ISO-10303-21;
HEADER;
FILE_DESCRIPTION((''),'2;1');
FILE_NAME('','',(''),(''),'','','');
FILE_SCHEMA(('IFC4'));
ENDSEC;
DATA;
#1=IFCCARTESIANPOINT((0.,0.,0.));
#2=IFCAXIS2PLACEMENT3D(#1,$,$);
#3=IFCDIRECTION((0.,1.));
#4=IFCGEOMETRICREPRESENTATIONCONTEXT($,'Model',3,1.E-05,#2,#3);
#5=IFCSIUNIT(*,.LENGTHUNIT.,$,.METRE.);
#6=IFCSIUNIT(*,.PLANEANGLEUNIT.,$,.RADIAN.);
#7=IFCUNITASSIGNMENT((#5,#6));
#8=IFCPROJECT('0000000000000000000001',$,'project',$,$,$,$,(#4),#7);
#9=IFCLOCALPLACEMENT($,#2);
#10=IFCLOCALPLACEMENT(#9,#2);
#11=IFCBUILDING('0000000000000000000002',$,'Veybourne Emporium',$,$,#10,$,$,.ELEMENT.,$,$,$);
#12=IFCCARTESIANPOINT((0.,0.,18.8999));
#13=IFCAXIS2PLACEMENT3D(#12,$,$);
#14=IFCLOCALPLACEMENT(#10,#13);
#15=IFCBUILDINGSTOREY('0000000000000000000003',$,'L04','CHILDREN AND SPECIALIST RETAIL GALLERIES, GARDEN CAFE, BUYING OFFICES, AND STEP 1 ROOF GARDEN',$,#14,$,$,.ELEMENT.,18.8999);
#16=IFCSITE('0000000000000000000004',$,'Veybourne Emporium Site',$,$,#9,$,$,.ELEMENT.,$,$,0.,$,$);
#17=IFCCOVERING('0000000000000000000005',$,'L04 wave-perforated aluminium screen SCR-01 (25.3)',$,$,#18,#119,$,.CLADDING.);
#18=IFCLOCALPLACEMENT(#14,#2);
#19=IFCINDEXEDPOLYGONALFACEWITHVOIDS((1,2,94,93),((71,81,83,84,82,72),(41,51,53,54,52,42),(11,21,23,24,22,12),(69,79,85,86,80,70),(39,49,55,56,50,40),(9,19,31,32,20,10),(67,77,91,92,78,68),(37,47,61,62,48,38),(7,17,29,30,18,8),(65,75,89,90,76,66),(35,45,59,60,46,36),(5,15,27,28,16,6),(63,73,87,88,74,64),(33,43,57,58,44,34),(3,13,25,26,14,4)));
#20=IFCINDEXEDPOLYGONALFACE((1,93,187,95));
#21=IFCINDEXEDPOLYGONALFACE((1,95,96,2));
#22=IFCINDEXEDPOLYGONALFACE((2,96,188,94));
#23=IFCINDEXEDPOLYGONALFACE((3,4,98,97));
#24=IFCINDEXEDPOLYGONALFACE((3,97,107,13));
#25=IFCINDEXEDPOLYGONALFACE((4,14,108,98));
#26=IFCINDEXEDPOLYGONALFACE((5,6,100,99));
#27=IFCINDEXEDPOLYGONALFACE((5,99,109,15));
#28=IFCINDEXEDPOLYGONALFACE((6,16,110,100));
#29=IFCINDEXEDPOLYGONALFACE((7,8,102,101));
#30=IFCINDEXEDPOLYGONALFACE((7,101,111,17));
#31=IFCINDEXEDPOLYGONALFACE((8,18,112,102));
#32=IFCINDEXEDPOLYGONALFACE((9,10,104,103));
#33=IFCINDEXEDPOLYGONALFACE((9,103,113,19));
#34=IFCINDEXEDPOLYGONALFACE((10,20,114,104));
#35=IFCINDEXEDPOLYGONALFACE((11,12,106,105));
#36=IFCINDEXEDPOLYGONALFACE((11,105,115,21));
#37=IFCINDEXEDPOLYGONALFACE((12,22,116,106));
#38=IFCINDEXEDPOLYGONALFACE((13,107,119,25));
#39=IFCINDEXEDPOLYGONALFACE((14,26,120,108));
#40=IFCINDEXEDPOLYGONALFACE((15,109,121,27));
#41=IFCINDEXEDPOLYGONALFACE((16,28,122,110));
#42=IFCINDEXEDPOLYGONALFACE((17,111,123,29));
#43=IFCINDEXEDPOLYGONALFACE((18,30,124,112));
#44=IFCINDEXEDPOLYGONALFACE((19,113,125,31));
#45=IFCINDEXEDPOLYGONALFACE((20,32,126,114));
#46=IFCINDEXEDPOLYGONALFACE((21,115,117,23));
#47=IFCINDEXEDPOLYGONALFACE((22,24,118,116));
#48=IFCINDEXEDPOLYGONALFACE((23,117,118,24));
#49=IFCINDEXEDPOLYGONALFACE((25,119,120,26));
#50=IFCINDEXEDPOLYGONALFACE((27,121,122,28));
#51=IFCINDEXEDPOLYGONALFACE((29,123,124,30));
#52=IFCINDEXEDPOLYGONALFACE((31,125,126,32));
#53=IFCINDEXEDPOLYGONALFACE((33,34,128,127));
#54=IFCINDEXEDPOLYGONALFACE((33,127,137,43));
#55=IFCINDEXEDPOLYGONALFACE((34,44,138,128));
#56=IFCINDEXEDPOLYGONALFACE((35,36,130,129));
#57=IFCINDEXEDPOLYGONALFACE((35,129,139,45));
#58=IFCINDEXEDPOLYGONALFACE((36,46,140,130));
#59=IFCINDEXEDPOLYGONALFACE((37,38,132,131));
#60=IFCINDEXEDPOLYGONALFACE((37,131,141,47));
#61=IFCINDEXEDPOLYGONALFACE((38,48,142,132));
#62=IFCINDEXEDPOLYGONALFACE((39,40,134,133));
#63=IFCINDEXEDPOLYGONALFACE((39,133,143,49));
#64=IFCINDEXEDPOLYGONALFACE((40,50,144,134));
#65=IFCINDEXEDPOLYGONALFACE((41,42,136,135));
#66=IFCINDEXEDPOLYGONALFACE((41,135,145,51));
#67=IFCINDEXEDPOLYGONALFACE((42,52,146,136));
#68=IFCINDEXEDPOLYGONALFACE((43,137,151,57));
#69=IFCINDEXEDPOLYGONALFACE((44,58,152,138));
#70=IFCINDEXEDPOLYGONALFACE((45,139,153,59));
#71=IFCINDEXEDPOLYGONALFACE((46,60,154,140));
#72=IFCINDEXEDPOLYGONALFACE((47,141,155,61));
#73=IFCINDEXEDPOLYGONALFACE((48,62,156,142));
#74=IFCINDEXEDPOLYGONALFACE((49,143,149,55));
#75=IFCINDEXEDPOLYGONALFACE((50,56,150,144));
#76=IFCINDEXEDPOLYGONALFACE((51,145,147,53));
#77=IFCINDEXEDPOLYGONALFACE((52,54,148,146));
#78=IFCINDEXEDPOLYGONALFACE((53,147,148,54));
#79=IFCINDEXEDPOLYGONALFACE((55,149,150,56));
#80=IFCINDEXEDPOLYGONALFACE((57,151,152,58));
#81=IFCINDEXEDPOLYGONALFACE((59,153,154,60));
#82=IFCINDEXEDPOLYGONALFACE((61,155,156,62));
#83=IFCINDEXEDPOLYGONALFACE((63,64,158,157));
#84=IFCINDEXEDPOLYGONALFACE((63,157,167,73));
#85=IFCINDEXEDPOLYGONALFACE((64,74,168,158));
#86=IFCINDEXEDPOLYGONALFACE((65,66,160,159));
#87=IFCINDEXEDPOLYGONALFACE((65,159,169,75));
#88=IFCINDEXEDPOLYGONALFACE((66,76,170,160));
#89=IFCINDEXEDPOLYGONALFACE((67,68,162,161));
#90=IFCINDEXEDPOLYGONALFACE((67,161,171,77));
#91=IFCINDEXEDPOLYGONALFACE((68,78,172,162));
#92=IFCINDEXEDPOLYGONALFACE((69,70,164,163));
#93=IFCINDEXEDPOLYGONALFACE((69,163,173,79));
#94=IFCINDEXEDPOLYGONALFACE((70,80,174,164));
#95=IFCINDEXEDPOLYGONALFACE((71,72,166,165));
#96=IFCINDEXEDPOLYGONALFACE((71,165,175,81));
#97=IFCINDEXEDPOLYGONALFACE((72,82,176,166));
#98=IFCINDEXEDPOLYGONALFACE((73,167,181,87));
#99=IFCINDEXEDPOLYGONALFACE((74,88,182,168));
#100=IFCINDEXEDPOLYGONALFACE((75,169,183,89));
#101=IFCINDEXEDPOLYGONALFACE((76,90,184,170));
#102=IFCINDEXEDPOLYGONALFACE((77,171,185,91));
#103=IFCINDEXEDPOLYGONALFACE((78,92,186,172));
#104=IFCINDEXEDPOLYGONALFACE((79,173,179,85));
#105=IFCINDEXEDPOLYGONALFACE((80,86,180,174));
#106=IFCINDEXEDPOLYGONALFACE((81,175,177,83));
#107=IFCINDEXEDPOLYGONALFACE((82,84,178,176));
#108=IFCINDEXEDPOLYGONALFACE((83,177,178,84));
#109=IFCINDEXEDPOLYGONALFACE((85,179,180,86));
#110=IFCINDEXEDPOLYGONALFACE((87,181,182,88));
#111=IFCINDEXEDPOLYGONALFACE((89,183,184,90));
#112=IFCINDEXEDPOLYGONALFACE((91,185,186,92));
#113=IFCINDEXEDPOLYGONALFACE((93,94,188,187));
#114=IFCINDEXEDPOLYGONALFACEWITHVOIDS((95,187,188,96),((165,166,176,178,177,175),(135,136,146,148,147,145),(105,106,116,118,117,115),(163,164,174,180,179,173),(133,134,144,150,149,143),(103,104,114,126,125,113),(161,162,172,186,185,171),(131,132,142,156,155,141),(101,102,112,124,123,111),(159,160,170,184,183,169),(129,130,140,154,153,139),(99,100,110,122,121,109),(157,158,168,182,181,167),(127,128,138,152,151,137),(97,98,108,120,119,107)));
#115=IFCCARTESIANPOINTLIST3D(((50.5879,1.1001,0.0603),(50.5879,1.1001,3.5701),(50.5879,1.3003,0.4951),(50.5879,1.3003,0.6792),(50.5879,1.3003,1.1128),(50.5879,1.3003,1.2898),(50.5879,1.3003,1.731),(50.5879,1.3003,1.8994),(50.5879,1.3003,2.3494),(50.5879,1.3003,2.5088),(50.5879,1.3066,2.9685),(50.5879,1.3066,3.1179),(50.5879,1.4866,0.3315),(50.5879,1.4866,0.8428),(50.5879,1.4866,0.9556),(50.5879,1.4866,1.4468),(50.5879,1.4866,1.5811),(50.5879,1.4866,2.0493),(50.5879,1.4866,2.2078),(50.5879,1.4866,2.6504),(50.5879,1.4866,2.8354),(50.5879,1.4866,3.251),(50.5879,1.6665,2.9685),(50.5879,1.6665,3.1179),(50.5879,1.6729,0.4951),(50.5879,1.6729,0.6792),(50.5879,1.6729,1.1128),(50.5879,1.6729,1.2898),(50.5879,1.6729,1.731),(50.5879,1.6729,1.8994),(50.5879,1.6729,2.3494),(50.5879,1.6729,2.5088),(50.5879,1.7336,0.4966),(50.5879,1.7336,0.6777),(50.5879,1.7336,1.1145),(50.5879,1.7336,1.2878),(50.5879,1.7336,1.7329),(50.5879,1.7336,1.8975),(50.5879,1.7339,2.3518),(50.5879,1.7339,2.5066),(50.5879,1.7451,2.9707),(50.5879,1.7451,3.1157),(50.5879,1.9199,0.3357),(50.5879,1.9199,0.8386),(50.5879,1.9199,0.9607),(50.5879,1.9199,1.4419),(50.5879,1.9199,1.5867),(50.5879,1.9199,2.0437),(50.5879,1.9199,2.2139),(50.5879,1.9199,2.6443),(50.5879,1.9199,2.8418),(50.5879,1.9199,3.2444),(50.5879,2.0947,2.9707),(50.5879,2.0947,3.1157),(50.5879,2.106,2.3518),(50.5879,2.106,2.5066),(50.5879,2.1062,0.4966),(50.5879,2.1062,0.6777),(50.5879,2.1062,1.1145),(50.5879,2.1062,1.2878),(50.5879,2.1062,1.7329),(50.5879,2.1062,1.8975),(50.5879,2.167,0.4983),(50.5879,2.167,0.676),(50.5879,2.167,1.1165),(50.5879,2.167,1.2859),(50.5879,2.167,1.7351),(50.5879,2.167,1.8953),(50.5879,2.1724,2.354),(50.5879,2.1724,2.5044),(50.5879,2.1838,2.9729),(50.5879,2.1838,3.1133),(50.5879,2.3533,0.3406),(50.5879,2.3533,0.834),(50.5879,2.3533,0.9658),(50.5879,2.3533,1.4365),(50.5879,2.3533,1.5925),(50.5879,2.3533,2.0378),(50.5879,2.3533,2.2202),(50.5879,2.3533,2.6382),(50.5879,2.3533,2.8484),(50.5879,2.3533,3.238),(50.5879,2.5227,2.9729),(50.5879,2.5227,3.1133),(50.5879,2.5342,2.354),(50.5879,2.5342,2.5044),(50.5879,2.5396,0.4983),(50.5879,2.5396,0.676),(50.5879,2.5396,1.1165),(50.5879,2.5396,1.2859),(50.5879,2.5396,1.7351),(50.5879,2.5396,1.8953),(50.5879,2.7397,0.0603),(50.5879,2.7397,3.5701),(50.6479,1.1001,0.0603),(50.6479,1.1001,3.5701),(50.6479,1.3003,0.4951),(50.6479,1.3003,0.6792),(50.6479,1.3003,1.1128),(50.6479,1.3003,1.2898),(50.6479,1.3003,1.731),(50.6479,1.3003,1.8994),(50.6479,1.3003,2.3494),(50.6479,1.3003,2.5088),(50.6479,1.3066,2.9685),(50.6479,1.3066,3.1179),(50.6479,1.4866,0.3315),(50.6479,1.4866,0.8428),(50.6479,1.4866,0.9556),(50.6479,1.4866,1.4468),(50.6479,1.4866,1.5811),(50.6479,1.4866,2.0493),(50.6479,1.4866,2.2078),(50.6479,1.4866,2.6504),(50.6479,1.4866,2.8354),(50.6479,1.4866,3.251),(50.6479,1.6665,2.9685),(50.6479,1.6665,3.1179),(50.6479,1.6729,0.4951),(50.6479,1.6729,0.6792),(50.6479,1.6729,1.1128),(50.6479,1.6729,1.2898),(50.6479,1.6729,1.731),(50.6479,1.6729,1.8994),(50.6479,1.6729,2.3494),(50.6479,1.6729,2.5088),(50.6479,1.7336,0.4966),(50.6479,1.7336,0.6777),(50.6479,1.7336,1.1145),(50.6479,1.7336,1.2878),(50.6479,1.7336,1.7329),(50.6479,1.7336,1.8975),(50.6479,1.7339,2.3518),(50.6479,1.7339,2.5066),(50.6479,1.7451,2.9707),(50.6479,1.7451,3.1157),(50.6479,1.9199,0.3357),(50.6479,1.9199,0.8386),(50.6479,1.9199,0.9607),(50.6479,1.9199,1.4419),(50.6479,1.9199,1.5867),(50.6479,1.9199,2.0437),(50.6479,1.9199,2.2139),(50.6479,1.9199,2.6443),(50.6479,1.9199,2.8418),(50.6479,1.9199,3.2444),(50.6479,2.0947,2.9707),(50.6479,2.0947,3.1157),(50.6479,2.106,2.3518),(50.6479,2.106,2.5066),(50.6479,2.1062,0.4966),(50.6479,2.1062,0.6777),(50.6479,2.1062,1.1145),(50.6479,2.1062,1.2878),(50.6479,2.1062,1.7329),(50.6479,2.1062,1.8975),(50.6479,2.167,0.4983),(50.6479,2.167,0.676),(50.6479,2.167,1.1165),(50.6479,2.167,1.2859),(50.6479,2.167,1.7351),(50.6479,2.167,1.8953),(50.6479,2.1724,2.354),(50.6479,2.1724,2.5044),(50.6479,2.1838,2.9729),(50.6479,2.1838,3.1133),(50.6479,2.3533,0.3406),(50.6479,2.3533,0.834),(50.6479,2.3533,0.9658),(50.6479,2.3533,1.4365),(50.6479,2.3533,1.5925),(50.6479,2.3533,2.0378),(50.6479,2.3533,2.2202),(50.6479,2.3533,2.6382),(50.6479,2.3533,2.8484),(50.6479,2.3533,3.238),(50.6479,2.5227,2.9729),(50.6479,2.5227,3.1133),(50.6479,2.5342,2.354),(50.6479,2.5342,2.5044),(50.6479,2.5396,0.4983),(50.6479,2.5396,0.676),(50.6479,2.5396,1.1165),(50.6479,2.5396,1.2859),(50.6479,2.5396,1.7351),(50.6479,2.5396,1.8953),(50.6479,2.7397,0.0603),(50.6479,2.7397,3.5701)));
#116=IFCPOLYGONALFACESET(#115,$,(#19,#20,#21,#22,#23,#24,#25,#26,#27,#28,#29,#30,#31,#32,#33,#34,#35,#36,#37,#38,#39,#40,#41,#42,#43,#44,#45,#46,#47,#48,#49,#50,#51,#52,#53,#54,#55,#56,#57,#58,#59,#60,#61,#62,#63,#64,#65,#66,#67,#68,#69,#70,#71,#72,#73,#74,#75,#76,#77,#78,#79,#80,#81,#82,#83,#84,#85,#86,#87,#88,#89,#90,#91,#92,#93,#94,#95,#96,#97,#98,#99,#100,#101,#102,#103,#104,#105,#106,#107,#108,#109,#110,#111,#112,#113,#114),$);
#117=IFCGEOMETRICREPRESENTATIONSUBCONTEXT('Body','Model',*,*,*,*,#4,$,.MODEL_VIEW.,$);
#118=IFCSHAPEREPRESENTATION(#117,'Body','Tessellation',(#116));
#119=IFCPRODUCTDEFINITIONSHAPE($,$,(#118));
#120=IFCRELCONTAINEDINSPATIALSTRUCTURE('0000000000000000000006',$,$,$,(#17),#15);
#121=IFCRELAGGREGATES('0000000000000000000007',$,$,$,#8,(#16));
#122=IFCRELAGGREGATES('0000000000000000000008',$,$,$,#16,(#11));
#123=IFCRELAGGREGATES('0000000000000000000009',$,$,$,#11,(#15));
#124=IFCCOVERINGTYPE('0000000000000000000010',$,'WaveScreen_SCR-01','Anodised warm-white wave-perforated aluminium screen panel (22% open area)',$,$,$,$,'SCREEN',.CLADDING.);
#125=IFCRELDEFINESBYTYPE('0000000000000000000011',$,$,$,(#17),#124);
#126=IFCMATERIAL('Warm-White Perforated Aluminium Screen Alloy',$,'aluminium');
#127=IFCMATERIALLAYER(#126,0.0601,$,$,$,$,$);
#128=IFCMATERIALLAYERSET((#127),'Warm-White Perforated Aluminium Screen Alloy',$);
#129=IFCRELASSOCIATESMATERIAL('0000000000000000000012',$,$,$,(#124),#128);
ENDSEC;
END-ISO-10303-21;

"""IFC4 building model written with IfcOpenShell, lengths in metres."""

from ifc_helpers import new_model, si_unit, direction, frame, origin, place, context, subcontext, project, spatial, polyline, outline, extrude, material, layer, layer_set, type_object, element, save


model = new_model("IFC4")

# Units and contexts
model_context = context("Model", 3, precision=1e-05, world=origin(), true_north=direction((0.0, 1.0)))
body_context = subcontext(model_context, "Body", "Model", "MODEL_VIEW")
ifc_project = project(units=[si_unit("LENGTHUNIT", "METRE"), si_unit("PLANEANGLEUNIT", "RADIAN")], contexts=[model_context])

# Site, building, storey
site_placement = place(None, origin())
site = spatial("IfcSite", under=ifc_project, at=site_placement, Name="Veybourne Emporium Site", CompositionType="ELEMENT", RefElevation=0.0)
building_placement = place(site_placement, origin())
building = spatial("IfcBuilding", under=site, at=building_placement, Name="Veybourne Emporium", CompositionType="ELEMENT")
storey_placement = place(building_placement, frame((0.0, 0.0, 18.8999)))
storey = spatial("IfcBuildingStorey", under=building, at=storey_placement, Name="L04", Description="CHILDREN AND SPECIALIST RETAIL GALLERIES, GARDEN CAFE, BUYING OFFICES, AND STEP 1 ROOF GARDEN", CompositionType="ELEMENT", Elevation=18.8999)

# Covering
ifc_material_1 = material(Name="Warm-White Perforated Aluminium Screen Alloy", Category="aluminium")
ifc_layer_1 = layer(ifc_material_1, 0.0601)
ifc_layer_set_1 = layer_set([ifc_layer_1], Name="Warm-White Perforated Aluminium Screen Alloy")
covering_type_1 = type_object("IfcCoveringType", Name="WaveScreen_SCR-01", Description="Anodised warm-white wave-perforated aluminium screen panel (22% open area)", ElementType="SCREEN", PredefinedType="CLADDING", material=ifc_layer_set_1)
covering_1_placement = place(storey_placement, frame((50.6479, 1.9199, 1.8152), z_axis=(-1.0, 0.0, 0.0), x_axis=(0.0, -1.0, 0.0)))
element("IfcCovering", 1, at=covering_1_placement, inside=storey, type_object=covering_type_1, Name="L04 wave-perforated aluminium screen SCR-01 (25.3)", PredefinedType="CLADDING", context=body_context, shape_type="SweptSolid", body=[
    extrude(outline(polyline([(-0.8198, -1.7549), (0.8198, -1.7549), (0.8198, 1.7549), (-0.8198, 1.7549), (-0.8198, -1.7549)]), holes=[polyline([(-0.4333, -0.9812), (-0.2471, -1.1392), (-0.2471, -1.3169), (-0.4333, -1.4746), (-0.6196, -1.3169), (-0.6196, -1.1392), (-0.4333, -0.9812)]), polyline([(-0.4333, -0.3787), (-0.2471, -0.5293), (-0.2471, -0.6987), (-0.4333, -0.8494), (-0.6196, -0.6987), (-0.6196, -0.5293), (-0.4333, -0.3787)]), polyline([(-0.4333, 0.2227), (-0.2471, 0.0801), (-0.2471, -0.0801), (-0.4333, -0.2227), (-0.6196, -0.0801), (-0.6196, 0.0801), (-0.4333, 0.2227)]), polyline([(-0.4333, 0.823), (-0.2524, 0.6892), (-0.2524, 0.5388), (-0.4333, 0.405), (-0.6143, 0.5388), (-0.6143, 0.6892), (-0.4333, 0.823)]), polyline([(-0.4333, 1.4229), (-0.2639, 1.2981), (-0.2639, 1.1577), (-0.4333, 1.0332), (-0.6028, 1.1577), (-0.6028, 1.2981), (-0.4333, 1.4229)]), polyline([(0.0, -0.9766), (0.1863, -1.1375), (0.1863, -1.3186), (0.0, -1.4795), (-0.1863, -1.3186), (-0.1863, -1.1375), (0.0, -0.9766)]), polyline([(0.0, -0.3733), (0.1863, -0.5273), (0.1863, -0.7007), (0.0, -0.8545), (-0.1863, -0.7007), (-0.1863, -0.5273), (0.0, -0.3733)]), polyline([(0.0, 0.2285), (0.1863, 0.0823), (0.1863, -0.0823), (0.0, -0.2285), (-0.1863, -0.0823), (-0.1863, 0.0823), (0.0, 0.2285)]), polyline([(0.0, 0.8291), (0.186, 0.6914), (0.186, 0.5366), (0.0, 0.3987), (-0.186, 0.5366), (-0.186, 0.6914), (0.0, 0.8291)]), polyline([(0.0, 1.4292), (0.1748, 1.3005), (0.1748, 1.1555), (0.0, 1.0266), (-0.1748, 1.1555), (-0.1748, 1.3005), (0.0, 1.4292)]), polyline([(0.4333, -0.9724), (0.6196, -1.136), (0.6196, -1.3201), (0.4333, -1.4836), (0.2471, -1.3201), (0.2471, -1.136), (0.4333, -0.9724)]), polyline([(0.4333, -0.3684), (0.6196, -0.5254), (0.6196, -0.7024), (0.4333, -0.8596), (0.2471, -0.7024), (0.2471, -0.5254), (0.4333, -0.3684)]), polyline([(0.4333, 0.2341), (0.6196, 0.0842), (0.6196, -0.0842), (0.4333, -0.2341), (0.2471, -0.0842), (0.2471, 0.0842), (0.4333, 0.2341)]), polyline([(0.4333, 0.8352), (0.6196, 0.6936), (0.6196, 0.5342), (0.4333, 0.3926), (0.2471, 0.5342), (0.2471, 0.6936), (0.4333, 0.8352)]), polyline([(0.4333, 1.4358), (0.6133, 1.3027), (0.6133, 1.1533), (0.4333, 1.0203), (0.2534, 1.1533), (0.2534, 1.3027), (0.4333, 1.4358)])]), origin(), (0.0, 0.0, 1.0), 0.0601),
])

save(model, "model.ifc")
